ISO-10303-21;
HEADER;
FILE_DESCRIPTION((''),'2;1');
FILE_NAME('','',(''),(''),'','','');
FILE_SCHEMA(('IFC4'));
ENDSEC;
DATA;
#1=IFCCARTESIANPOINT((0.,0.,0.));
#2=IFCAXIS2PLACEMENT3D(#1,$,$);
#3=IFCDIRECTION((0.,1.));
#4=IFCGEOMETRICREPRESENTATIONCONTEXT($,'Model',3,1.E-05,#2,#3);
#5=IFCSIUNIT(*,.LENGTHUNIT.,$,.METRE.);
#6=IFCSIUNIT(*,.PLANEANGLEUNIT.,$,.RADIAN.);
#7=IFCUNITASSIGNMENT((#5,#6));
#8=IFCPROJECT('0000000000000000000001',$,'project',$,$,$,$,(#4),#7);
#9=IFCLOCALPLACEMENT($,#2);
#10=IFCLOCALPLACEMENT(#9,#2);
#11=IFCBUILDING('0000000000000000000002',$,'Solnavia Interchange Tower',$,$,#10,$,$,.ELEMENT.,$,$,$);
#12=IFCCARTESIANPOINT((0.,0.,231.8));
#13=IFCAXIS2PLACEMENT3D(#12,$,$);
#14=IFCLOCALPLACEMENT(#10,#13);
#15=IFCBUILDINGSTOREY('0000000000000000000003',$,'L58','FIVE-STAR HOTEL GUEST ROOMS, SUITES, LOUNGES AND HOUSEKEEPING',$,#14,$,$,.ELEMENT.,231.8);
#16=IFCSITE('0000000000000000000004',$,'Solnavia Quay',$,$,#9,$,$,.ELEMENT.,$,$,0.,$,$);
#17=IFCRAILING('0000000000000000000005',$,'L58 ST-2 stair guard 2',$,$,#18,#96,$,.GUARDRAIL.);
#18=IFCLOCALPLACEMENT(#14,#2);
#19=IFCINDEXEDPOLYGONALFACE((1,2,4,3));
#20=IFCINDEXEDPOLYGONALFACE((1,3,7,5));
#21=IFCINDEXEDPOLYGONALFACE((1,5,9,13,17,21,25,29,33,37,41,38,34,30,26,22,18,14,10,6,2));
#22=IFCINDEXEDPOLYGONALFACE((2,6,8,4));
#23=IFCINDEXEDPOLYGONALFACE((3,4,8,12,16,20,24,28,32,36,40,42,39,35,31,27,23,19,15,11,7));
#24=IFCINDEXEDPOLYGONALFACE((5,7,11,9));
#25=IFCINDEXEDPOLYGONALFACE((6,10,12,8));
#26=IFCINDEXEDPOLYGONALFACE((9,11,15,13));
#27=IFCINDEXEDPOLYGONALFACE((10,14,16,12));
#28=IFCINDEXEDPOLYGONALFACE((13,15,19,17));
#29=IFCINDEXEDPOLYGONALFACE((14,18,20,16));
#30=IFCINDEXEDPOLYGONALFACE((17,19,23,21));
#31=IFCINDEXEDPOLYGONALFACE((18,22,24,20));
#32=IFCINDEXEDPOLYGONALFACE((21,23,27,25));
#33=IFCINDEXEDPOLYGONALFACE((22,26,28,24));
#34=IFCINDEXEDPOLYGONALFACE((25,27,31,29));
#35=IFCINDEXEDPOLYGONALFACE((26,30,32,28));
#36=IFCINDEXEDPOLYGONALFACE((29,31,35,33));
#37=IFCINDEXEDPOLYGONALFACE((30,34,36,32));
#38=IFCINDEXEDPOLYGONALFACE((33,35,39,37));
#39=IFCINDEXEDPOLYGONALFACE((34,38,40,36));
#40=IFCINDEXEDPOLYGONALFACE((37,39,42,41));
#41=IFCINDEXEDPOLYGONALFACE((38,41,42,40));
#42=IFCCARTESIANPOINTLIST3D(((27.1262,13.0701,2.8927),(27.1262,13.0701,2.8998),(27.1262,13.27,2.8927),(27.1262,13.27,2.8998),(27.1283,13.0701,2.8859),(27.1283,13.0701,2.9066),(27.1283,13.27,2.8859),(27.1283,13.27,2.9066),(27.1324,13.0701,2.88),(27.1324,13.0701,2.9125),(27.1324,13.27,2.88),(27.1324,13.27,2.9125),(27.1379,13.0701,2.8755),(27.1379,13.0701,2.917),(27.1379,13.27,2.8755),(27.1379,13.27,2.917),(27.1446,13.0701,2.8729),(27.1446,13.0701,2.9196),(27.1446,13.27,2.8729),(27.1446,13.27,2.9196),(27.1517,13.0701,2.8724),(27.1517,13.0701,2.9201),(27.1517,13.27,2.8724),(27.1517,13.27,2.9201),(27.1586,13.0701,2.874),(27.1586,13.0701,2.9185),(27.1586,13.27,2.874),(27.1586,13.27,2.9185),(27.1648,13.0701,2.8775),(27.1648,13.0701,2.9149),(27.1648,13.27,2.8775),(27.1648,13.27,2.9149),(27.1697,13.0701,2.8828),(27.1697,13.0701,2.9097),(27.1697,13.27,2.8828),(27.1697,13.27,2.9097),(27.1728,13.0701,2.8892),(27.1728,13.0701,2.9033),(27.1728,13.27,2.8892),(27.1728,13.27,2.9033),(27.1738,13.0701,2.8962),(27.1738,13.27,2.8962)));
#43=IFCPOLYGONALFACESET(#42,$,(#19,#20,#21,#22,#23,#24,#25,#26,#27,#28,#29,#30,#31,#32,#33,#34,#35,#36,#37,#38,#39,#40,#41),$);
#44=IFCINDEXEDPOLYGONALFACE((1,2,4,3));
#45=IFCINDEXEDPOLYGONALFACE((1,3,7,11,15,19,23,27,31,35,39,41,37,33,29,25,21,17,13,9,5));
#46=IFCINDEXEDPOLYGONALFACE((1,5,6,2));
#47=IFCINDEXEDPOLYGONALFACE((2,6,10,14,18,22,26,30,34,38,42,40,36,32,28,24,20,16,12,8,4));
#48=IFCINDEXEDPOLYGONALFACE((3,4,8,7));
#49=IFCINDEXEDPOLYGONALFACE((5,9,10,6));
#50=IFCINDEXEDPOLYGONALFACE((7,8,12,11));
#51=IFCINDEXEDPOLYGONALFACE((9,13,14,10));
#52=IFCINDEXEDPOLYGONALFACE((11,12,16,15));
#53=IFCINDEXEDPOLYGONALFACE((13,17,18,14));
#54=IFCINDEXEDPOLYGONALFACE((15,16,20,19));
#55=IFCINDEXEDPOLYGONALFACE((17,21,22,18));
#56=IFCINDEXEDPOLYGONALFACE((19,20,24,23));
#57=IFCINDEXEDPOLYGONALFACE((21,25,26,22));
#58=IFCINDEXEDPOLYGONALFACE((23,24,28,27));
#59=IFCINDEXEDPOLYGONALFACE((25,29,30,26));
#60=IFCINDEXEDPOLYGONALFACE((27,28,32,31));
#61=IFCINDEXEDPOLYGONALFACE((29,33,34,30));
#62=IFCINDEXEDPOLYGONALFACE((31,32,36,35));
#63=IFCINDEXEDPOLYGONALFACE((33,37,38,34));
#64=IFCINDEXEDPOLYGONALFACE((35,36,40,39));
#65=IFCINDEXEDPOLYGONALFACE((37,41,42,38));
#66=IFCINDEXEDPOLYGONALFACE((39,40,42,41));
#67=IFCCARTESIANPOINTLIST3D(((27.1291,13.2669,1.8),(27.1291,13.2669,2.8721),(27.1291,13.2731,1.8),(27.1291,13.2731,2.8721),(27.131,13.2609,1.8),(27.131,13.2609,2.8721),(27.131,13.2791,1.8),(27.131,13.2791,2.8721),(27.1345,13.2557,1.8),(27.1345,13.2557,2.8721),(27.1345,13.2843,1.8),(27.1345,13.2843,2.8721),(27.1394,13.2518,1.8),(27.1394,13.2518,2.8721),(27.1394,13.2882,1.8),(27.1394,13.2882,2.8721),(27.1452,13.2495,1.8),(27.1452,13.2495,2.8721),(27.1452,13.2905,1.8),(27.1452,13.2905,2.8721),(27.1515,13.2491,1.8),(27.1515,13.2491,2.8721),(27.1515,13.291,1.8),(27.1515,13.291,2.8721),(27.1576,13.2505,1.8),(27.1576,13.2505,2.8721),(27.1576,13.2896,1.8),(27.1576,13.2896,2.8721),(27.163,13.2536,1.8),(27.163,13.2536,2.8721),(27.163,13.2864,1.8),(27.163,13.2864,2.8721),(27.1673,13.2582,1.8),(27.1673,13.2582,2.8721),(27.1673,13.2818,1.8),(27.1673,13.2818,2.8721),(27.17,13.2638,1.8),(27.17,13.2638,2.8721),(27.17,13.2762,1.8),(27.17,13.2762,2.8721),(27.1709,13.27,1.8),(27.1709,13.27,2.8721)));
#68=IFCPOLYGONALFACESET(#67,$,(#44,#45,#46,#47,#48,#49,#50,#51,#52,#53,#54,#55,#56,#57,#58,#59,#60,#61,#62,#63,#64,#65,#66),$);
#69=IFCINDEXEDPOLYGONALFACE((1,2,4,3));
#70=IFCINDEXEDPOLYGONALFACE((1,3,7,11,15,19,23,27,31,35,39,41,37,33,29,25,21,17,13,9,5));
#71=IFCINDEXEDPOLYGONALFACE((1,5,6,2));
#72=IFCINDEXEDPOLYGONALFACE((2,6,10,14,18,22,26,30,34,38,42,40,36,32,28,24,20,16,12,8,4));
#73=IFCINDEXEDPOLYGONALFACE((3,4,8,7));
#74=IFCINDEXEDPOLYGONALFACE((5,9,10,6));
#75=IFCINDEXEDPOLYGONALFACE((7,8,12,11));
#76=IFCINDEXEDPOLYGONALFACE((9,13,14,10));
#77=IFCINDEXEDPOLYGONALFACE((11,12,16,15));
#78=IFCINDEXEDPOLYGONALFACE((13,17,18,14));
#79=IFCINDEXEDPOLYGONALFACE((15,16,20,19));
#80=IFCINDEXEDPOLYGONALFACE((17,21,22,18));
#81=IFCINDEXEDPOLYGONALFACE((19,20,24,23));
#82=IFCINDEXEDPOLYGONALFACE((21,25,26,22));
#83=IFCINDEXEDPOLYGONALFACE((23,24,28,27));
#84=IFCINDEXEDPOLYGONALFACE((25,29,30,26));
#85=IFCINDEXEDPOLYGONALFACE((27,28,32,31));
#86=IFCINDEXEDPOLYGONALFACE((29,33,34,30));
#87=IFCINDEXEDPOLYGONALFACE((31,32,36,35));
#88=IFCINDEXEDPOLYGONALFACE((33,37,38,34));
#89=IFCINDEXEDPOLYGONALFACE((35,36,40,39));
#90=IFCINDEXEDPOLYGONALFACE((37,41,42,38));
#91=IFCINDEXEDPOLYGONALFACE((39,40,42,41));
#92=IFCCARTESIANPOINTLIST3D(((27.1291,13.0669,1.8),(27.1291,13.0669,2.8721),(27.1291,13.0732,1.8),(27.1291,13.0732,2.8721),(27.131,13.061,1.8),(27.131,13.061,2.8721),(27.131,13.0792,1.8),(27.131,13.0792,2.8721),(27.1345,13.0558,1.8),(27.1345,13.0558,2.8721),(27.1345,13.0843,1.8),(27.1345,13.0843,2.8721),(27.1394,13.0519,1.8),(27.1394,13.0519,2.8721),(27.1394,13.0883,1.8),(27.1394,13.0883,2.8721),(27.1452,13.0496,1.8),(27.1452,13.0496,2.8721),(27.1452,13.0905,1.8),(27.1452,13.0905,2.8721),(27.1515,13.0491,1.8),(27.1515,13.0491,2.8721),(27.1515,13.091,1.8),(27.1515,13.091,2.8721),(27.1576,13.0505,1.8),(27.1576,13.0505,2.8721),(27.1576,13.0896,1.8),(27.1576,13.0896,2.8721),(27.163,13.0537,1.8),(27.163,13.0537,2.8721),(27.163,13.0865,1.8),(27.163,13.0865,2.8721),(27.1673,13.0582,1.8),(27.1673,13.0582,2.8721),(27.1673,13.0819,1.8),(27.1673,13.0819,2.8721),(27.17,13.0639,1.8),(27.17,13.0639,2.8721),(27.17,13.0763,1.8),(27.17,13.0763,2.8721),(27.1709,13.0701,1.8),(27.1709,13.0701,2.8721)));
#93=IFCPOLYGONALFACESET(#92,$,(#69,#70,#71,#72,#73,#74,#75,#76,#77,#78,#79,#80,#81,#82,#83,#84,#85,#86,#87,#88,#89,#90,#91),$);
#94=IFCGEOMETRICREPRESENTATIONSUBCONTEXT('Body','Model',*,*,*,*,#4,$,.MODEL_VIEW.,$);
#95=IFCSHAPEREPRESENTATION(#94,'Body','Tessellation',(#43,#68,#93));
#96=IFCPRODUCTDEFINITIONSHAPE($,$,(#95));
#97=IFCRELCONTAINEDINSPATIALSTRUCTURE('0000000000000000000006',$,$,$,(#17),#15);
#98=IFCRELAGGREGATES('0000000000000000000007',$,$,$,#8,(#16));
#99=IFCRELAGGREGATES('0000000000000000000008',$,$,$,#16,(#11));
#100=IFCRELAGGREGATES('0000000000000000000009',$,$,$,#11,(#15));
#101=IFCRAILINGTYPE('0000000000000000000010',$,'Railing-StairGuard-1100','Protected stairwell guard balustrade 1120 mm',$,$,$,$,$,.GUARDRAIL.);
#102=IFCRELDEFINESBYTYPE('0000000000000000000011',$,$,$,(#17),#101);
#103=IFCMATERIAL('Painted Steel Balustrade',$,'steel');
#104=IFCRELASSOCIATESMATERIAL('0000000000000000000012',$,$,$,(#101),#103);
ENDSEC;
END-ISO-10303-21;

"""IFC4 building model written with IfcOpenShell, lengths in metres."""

from ifc_helpers import new_model, si_unit, direction, frame, origin, origin_2d, place, context, subcontext, project, spatial, circle, extrude, material, type_object, element, save


model = new_model("IFC4")

# Units and contexts
model_context = context("Model", 3, precision=1e-05, world=origin(), true_north=direction((0.0, 1.0)))
body_context = subcontext(model_context, "Body", "Model", "MODEL_VIEW")
ifc_project = project(units=[si_unit("LENGTHUNIT", "METRE"), si_unit("PLANEANGLEUNIT", "RADIAN")], contexts=[model_context])

# Site, building, storey
site_placement = place(None, origin())
site = spatial("IfcSite", under=ifc_project, at=site_placement, Name="Solnavia Quay", CompositionType="ELEMENT", RefElevation=0.0)
building_placement = place(site_placement, origin())
building = spatial("IfcBuilding", under=site, at=building_placement, Name="Solnavia Interchange Tower", CompositionType="ELEMENT")
storey_placement = place(building_placement, frame((0.0, 0.0, 231.8)))
storey = spatial("IfcBuildingStorey", under=building, at=storey_placement, Name="L58", Description="FIVE-STAR HOTEL GUEST ROOMS, SUITES, LOUNGES AND HOUSEKEEPING", CompositionType="ELEMENT", Elevation=231.8)

# Railing
ifc_material_1 = material(Name="Painted Steel Balustrade", Category="steel")
railing_type_1 = type_object("IfcRailingType", Name="Railing-StairGuard-1100", Description="Protected stairwell guard balustrade 1120 mm", PredefinedType="GUARDRAIL", material=ifc_material_1)
railing_1_placement = place(storey_placement, frame((27.1499, 13.27, 1.8)))
element("IfcRailing", 1, at=railing_1_placement, inside=storey, type_object=railing_type_1, Name="L58 ST-2 stair guard 2", PredefinedType="GUARDRAIL", context=body_context, shape_type="SweptSolid", body=[
    extrude(circle(Radius=0.0239, at=origin_2d()), frame((0.0, 0.0, 1.0962), z_axis=(0.0, -1.0, 0.0), x_axis=(1.0, 0.0, 0.0)), (0.0, 0.0, 1.0), 0.2),
    extrude(circle(Radius=0.021, at=origin_2d()), origin(), (0.0, 0.0, 1.0), 1.072),
    extrude(circle(Radius=0.021, at=origin_2d()), frame((0.0, -0.2, 0.0)), (0.0, 0.0, 1.0), 1.072),
])

save(model, "model.ifc")
